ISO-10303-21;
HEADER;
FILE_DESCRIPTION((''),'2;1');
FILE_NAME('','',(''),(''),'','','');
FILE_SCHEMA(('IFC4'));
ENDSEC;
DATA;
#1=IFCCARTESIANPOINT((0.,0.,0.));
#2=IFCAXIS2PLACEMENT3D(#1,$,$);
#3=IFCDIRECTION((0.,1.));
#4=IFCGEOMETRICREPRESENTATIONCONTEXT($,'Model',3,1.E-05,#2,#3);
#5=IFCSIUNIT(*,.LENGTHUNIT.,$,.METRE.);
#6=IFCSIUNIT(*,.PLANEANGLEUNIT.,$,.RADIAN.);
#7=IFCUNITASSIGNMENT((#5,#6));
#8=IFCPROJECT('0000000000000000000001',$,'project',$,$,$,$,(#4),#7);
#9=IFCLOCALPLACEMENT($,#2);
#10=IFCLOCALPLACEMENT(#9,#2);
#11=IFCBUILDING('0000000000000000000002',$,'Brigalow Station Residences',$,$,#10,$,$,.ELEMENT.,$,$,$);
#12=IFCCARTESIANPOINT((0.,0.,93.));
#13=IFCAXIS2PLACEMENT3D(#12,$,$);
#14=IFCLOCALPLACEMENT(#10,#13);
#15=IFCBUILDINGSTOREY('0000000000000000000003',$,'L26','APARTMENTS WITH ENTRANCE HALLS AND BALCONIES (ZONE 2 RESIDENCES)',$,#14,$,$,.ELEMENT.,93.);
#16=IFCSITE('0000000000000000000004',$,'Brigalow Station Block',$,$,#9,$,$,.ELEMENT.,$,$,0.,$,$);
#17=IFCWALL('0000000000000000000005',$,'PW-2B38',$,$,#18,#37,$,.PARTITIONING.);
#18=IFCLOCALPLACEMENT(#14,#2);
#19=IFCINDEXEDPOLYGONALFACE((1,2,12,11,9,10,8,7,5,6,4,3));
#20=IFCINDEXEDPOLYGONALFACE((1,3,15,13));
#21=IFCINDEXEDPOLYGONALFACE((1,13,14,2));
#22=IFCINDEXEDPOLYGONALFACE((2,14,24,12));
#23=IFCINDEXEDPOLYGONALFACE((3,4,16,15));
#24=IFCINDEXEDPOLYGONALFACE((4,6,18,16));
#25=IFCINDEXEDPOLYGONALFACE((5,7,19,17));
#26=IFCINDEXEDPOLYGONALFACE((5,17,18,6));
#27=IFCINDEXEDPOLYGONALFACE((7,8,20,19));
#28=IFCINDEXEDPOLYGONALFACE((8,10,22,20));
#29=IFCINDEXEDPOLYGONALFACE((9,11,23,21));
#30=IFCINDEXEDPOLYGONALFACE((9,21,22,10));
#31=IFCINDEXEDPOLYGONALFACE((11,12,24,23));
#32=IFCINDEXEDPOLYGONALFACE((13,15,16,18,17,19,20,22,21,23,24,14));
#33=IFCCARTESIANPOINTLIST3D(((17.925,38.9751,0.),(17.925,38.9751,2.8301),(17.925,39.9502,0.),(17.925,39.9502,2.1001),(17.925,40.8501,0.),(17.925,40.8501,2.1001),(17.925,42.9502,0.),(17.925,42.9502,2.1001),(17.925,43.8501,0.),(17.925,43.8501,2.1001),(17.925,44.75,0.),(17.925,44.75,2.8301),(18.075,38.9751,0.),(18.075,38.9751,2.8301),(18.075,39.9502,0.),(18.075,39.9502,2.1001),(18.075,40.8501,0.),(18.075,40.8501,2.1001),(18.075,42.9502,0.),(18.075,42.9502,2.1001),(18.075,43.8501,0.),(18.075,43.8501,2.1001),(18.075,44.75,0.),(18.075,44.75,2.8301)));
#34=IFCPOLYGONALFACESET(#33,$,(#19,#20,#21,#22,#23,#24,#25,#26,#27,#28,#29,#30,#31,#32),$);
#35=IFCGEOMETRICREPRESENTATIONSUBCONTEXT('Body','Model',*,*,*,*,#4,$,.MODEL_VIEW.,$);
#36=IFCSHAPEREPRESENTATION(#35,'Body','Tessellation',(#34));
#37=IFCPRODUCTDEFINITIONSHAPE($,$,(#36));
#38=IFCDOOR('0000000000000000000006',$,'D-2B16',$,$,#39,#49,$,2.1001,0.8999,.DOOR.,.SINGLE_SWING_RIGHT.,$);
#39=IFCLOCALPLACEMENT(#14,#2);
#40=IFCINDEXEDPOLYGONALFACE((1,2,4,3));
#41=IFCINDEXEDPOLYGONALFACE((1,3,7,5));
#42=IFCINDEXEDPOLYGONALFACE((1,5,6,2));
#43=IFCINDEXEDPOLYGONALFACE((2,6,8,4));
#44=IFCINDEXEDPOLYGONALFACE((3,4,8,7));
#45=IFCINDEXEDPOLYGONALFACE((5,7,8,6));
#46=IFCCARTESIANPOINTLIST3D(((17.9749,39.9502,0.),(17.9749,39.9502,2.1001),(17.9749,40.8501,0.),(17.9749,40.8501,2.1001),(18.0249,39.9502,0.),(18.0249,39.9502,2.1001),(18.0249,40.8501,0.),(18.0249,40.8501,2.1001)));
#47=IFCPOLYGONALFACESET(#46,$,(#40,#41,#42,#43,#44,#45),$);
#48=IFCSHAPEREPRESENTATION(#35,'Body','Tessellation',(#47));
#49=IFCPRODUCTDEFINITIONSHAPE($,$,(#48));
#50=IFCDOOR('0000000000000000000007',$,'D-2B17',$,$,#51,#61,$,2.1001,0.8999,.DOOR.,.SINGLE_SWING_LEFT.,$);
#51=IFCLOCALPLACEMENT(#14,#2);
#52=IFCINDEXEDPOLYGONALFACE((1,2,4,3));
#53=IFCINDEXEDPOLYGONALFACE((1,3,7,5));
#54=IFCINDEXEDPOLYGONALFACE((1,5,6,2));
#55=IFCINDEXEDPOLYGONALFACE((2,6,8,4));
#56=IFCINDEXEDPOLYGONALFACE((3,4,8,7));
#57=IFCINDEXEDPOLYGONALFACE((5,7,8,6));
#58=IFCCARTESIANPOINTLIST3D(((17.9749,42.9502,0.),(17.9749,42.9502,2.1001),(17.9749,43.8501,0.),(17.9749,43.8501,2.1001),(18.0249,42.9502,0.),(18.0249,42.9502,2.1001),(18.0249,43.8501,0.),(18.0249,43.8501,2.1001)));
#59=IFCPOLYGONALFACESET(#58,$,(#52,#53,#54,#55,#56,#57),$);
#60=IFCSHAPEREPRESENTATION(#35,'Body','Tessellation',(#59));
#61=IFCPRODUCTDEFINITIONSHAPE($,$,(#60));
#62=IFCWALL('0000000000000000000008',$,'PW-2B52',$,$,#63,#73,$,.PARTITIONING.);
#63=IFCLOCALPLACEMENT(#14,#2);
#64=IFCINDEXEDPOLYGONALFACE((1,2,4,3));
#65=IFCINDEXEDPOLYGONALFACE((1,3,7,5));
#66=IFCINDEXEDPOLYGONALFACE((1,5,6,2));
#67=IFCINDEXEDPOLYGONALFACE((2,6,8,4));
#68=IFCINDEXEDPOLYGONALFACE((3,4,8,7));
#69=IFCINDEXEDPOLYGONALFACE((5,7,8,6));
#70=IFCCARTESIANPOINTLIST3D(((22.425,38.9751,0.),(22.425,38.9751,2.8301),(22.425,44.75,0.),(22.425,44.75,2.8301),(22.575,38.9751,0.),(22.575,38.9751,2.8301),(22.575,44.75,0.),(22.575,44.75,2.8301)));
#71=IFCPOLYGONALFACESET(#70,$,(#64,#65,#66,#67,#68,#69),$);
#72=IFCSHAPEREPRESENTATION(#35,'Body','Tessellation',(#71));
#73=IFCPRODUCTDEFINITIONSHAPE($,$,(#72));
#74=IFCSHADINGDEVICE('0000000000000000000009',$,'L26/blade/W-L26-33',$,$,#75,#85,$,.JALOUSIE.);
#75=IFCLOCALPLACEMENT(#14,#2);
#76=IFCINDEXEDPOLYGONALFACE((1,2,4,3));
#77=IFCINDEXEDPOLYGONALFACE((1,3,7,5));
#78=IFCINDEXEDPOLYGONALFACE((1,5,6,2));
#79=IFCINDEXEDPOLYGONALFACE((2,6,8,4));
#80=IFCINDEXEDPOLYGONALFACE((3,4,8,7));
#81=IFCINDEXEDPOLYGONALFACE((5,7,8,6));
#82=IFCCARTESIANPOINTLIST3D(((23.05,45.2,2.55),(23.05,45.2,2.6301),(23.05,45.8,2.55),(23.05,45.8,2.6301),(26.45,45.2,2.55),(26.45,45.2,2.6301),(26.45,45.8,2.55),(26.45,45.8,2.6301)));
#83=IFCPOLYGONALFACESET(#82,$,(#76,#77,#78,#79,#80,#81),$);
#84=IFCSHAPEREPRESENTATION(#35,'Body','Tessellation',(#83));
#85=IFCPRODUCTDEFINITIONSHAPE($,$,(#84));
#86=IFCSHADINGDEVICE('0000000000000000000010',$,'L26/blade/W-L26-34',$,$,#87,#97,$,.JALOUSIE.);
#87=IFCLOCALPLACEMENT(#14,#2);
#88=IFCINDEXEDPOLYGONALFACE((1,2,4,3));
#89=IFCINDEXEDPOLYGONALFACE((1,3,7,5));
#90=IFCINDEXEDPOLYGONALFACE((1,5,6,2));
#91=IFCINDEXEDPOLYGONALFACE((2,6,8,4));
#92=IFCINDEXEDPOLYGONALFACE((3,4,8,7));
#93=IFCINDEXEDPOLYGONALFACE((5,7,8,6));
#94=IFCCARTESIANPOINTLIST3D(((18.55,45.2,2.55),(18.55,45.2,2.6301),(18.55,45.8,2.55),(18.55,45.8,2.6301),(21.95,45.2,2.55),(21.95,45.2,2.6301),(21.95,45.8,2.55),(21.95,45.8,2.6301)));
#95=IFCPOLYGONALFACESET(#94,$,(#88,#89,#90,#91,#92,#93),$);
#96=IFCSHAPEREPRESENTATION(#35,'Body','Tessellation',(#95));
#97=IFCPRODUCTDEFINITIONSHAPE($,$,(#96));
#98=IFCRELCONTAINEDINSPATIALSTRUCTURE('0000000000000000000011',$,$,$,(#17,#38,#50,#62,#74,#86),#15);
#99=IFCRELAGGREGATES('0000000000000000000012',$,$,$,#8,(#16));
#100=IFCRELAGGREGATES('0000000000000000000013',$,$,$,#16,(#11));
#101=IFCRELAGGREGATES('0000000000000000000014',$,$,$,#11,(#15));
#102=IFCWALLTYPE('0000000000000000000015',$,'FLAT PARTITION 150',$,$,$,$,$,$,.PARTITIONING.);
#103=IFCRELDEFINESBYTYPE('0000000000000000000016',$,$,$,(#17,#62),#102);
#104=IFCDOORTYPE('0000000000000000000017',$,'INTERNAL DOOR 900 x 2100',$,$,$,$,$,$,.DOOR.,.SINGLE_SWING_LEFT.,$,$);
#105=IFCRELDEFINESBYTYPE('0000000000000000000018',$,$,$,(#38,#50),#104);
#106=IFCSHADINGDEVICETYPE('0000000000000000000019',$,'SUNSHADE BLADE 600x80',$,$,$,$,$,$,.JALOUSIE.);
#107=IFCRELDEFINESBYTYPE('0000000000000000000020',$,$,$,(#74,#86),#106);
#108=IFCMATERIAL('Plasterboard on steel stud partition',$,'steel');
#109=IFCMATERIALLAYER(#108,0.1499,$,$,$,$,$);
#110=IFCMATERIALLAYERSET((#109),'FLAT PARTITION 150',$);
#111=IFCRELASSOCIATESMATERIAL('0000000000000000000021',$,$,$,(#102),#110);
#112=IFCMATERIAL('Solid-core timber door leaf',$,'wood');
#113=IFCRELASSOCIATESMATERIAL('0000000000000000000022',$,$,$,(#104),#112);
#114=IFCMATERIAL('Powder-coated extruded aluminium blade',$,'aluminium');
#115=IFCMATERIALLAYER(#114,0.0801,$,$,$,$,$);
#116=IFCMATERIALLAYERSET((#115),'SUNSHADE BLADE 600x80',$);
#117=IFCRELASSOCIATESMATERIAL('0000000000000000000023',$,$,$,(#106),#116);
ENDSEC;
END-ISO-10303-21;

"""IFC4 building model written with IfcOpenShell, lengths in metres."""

from ifc_helpers import new_model, si_unit, direction, frame, frame_2d, origin, origin_2d, place, context, subcontext, project, spatial, rectangle, extrude, material, layer, layer_set, type_object, element, fill, save


model = new_model("IFC4")

# Units and contexts
model_context = context("Model", 3, precision=1e-05, world=origin(), true_north=direction((0.0, 1.0)))
body_context = subcontext(model_context, "Body", "Model", "MODEL_VIEW")
ifc_project = project(units=[si_unit("LENGTHUNIT", "METRE"), si_unit("PLANEANGLEUNIT", "RADIAN")], contexts=[model_context])

# Site, building, storey
site_placement = place(None, origin())
site = spatial("IfcSite", under=ifc_project, at=site_placement, Name="Brigalow Station Block", CompositionType="ELEMENT", RefElevation=0.0)
building_placement = place(site_placement, origin())
building = spatial("IfcBuilding", under=site, at=building_placement, Name="Brigalow Station Residences", CompositionType="ELEMENT")
storey_placement = place(building_placement, frame((0.0, 0.0, 93.0)))
storey = spatial("IfcBuildingStorey", under=building, at=storey_placement, Name="L26", Description="APARTMENTS WITH ENTRANCE HALLS AND BALCONIES (ZONE 2 RESIDENCES)", CompositionType="ELEMENT", Elevation=93.0)

# Shared definitions
ifc_material_1 = material(Name="Plasterboard on steel stud partition", Category="steel")
ifc_layer_1 = layer(ifc_material_1, 0.1499)
ifc_layer_set_1 = layer_set([ifc_layer_1], Name="FLAT PARTITION 150")
wall_type_1 = type_object("IfcWallType", Name="FLAT PARTITION 150", PredefinedType="PARTITIONING", material=ifc_layer_set_1)

# Wall, openings, doors
wall_1_placement = place(storey_placement, frame((18.0, 38.9751, 0.0), z_axis=(0.0, 0.0, 1.0), x_axis=(0.0, 1.0, 0.0)))
wall_1 = element("IfcWall", 1, at=wall_1_placement, inside=storey, type_object=wall_type_1, Name="PW-2B38", PredefinedType="PARTITIONING", context=body_context, shape_type="SweptSolid", body=[
    extrude(rectangle(XDim=5.7749, YDim=0.1499, at=frame_2d((2.8875, 0.0))), origin(), (0.0, 0.0, 1.0), 2.8301),
])
opening_1_placement = place(wall_1_placement, frame((0.9751, 0.0, 0.0)))
opening_1 = element("IfcOpeningElement", 2, at=opening_1_placement, cuts=wall_1, PredefinedType="OPENING", context=body_context, shape_type="SweptSolid", body=[
    extrude(rectangle(XDim=0.8999, YDim=2.1001, at=frame_2d((0.45, 1.05))), frame((0.0, 0.085, 0.0), z_axis=(0.0, -1.0, 0.0), x_axis=(1.0, 0.0, 0.0)), (0.0, 0.0, 1.0), 0.1699),
])
opening_2_placement = place(wall_1_placement, frame((3.9751, 0.0, 0.0)))
opening_2 = element("IfcOpeningElement", 3, at=opening_2_placement, cuts=wall_1, PredefinedType="OPENING", context=body_context, shape_type="SweptSolid", body=[
    extrude(rectangle(XDim=0.8999, YDim=2.1001, at=frame_2d((0.45, 1.05))), frame((0.0, 0.085, 0.0), z_axis=(0.0, -1.0, 0.0), x_axis=(1.0, 0.0, 0.0)), (0.0, 0.0, 1.0), 0.1699),
])
ifc_material_2 = material(Name="Solid-core timber door leaf", Category="wood")
door_type_1 = type_object("IfcDoorType", Name="INTERNAL DOOR 900 x 2100", OperationType="SINGLE_SWING_LEFT", PredefinedType="DOOR", material=ifc_material_2)
door_1_placement = place(opening_1_placement, frame((0.8999, 0.0, 0.0), z_axis=(0.0, 0.0, 1.0), x_axis=(-1.0, 0.0, 0.0)))
door_1 = element("IfcDoor", 4, at=door_1_placement, inside=storey, type_object=door_type_1, Name="D-2B16", OperationType="SINGLE_SWING_RIGHT", OverallHeight=2.1001, OverallWidth=0.8999, PredefinedType="DOOR", context=body_context, shape_type="SweptSolid", body=[
    extrude(rectangle(XDim=0.8999, YDim=2.1001, at=frame_2d((0.45, 1.05))), frame((0.0, 0.0249, 0.0), z_axis=(0.0, -1.0, 0.0), x_axis=(1.0, 0.0, 0.0)), (0.0, 0.0, 1.0), 0.05),
])
fill(opening_1, door_1)
door_2_placement = place(opening_2_placement, frame((0.8999, 0.0, 0.0), z_axis=(0.0, 0.0, 1.0), x_axis=(-1.0, 0.0, 0.0)))
door_2 = element("IfcDoor", 5, at=door_2_placement, inside=storey, type_object=door_type_1, Name="D-2B17", OperationType="SINGLE_SWING_LEFT", OverallHeight=2.1001, OverallWidth=0.8999, PredefinedType="DOOR", context=body_context, shape_type="SweptSolid", body=[
    extrude(rectangle(XDim=0.8999, YDim=2.1001, at=frame_2d((0.45, 1.05))), frame((0.0, 0.0249, 0.0), z_axis=(0.0, -1.0, 0.0), x_axis=(1.0, 0.0, 0.0)), (0.0, 0.0, 1.0), 0.05),
])
fill(opening_2, door_2)

# Wall
wall_2_placement = place(storey_placement, frame((22.5, 38.9751, 0.0), z_axis=(0.0, 0.0, 1.0), x_axis=(0.0, 1.0, 0.0)))
element("IfcWall", 6, at=wall_2_placement, inside=storey, type_object=wall_type_1, Name="PW-2B52", PredefinedType="PARTITIONING", context=body_context, shape_type="SweptSolid", body=[
    extrude(rectangle(XDim=5.7749, YDim=0.1499, at=frame_2d((2.8875, 0.0))), origin(), (0.0, 0.0, 1.0), 2.8301),
])

# Shading devices
ifc_material_3 = material(Name="Powder-coated extruded aluminium blade", Category="aluminium")
ifc_layer_2 = layer(ifc_material_3, 0.0801)
ifc_layer_set_2 = layer_set([ifc_layer_2], Name="SUNSHADE BLADE 600x80")
shading_device_type = type_object("IfcShadingDeviceType", Name="SUNSHADE BLADE 600x80", PredefinedType="JALOUSIE", material=ifc_layer_set_2)
for number, where, z_axis, x_axis, name in (
    (7, (24.75, 45.5, 2.55), (0.0, 0.0, 1.0), (-1.0, 0.0, 0.0), "L26/blade/W-L26-33"),
    (8, (20.25, 45.5, 2.55), (0.0, 0.0, 1.0), (-1.0, 0.0, 0.0), "L26/blade/W-L26-34"),
):
    element("IfcShadingDevice", number, at=place(storey_placement, frame(where, z_axis=z_axis, x_axis=x_axis)), inside=storey, type_object=shading_device_type, Name=name, PredefinedType="JALOUSIE", context=body_context, shape_type="SweptSolid", body=[
        extrude(rectangle(XDim=3.3999, YDim=0.6001, at=origin_2d()), origin(), (0.0, 0.0, 1.0), 0.0801),
    ])

save(model, "model.ifc")
